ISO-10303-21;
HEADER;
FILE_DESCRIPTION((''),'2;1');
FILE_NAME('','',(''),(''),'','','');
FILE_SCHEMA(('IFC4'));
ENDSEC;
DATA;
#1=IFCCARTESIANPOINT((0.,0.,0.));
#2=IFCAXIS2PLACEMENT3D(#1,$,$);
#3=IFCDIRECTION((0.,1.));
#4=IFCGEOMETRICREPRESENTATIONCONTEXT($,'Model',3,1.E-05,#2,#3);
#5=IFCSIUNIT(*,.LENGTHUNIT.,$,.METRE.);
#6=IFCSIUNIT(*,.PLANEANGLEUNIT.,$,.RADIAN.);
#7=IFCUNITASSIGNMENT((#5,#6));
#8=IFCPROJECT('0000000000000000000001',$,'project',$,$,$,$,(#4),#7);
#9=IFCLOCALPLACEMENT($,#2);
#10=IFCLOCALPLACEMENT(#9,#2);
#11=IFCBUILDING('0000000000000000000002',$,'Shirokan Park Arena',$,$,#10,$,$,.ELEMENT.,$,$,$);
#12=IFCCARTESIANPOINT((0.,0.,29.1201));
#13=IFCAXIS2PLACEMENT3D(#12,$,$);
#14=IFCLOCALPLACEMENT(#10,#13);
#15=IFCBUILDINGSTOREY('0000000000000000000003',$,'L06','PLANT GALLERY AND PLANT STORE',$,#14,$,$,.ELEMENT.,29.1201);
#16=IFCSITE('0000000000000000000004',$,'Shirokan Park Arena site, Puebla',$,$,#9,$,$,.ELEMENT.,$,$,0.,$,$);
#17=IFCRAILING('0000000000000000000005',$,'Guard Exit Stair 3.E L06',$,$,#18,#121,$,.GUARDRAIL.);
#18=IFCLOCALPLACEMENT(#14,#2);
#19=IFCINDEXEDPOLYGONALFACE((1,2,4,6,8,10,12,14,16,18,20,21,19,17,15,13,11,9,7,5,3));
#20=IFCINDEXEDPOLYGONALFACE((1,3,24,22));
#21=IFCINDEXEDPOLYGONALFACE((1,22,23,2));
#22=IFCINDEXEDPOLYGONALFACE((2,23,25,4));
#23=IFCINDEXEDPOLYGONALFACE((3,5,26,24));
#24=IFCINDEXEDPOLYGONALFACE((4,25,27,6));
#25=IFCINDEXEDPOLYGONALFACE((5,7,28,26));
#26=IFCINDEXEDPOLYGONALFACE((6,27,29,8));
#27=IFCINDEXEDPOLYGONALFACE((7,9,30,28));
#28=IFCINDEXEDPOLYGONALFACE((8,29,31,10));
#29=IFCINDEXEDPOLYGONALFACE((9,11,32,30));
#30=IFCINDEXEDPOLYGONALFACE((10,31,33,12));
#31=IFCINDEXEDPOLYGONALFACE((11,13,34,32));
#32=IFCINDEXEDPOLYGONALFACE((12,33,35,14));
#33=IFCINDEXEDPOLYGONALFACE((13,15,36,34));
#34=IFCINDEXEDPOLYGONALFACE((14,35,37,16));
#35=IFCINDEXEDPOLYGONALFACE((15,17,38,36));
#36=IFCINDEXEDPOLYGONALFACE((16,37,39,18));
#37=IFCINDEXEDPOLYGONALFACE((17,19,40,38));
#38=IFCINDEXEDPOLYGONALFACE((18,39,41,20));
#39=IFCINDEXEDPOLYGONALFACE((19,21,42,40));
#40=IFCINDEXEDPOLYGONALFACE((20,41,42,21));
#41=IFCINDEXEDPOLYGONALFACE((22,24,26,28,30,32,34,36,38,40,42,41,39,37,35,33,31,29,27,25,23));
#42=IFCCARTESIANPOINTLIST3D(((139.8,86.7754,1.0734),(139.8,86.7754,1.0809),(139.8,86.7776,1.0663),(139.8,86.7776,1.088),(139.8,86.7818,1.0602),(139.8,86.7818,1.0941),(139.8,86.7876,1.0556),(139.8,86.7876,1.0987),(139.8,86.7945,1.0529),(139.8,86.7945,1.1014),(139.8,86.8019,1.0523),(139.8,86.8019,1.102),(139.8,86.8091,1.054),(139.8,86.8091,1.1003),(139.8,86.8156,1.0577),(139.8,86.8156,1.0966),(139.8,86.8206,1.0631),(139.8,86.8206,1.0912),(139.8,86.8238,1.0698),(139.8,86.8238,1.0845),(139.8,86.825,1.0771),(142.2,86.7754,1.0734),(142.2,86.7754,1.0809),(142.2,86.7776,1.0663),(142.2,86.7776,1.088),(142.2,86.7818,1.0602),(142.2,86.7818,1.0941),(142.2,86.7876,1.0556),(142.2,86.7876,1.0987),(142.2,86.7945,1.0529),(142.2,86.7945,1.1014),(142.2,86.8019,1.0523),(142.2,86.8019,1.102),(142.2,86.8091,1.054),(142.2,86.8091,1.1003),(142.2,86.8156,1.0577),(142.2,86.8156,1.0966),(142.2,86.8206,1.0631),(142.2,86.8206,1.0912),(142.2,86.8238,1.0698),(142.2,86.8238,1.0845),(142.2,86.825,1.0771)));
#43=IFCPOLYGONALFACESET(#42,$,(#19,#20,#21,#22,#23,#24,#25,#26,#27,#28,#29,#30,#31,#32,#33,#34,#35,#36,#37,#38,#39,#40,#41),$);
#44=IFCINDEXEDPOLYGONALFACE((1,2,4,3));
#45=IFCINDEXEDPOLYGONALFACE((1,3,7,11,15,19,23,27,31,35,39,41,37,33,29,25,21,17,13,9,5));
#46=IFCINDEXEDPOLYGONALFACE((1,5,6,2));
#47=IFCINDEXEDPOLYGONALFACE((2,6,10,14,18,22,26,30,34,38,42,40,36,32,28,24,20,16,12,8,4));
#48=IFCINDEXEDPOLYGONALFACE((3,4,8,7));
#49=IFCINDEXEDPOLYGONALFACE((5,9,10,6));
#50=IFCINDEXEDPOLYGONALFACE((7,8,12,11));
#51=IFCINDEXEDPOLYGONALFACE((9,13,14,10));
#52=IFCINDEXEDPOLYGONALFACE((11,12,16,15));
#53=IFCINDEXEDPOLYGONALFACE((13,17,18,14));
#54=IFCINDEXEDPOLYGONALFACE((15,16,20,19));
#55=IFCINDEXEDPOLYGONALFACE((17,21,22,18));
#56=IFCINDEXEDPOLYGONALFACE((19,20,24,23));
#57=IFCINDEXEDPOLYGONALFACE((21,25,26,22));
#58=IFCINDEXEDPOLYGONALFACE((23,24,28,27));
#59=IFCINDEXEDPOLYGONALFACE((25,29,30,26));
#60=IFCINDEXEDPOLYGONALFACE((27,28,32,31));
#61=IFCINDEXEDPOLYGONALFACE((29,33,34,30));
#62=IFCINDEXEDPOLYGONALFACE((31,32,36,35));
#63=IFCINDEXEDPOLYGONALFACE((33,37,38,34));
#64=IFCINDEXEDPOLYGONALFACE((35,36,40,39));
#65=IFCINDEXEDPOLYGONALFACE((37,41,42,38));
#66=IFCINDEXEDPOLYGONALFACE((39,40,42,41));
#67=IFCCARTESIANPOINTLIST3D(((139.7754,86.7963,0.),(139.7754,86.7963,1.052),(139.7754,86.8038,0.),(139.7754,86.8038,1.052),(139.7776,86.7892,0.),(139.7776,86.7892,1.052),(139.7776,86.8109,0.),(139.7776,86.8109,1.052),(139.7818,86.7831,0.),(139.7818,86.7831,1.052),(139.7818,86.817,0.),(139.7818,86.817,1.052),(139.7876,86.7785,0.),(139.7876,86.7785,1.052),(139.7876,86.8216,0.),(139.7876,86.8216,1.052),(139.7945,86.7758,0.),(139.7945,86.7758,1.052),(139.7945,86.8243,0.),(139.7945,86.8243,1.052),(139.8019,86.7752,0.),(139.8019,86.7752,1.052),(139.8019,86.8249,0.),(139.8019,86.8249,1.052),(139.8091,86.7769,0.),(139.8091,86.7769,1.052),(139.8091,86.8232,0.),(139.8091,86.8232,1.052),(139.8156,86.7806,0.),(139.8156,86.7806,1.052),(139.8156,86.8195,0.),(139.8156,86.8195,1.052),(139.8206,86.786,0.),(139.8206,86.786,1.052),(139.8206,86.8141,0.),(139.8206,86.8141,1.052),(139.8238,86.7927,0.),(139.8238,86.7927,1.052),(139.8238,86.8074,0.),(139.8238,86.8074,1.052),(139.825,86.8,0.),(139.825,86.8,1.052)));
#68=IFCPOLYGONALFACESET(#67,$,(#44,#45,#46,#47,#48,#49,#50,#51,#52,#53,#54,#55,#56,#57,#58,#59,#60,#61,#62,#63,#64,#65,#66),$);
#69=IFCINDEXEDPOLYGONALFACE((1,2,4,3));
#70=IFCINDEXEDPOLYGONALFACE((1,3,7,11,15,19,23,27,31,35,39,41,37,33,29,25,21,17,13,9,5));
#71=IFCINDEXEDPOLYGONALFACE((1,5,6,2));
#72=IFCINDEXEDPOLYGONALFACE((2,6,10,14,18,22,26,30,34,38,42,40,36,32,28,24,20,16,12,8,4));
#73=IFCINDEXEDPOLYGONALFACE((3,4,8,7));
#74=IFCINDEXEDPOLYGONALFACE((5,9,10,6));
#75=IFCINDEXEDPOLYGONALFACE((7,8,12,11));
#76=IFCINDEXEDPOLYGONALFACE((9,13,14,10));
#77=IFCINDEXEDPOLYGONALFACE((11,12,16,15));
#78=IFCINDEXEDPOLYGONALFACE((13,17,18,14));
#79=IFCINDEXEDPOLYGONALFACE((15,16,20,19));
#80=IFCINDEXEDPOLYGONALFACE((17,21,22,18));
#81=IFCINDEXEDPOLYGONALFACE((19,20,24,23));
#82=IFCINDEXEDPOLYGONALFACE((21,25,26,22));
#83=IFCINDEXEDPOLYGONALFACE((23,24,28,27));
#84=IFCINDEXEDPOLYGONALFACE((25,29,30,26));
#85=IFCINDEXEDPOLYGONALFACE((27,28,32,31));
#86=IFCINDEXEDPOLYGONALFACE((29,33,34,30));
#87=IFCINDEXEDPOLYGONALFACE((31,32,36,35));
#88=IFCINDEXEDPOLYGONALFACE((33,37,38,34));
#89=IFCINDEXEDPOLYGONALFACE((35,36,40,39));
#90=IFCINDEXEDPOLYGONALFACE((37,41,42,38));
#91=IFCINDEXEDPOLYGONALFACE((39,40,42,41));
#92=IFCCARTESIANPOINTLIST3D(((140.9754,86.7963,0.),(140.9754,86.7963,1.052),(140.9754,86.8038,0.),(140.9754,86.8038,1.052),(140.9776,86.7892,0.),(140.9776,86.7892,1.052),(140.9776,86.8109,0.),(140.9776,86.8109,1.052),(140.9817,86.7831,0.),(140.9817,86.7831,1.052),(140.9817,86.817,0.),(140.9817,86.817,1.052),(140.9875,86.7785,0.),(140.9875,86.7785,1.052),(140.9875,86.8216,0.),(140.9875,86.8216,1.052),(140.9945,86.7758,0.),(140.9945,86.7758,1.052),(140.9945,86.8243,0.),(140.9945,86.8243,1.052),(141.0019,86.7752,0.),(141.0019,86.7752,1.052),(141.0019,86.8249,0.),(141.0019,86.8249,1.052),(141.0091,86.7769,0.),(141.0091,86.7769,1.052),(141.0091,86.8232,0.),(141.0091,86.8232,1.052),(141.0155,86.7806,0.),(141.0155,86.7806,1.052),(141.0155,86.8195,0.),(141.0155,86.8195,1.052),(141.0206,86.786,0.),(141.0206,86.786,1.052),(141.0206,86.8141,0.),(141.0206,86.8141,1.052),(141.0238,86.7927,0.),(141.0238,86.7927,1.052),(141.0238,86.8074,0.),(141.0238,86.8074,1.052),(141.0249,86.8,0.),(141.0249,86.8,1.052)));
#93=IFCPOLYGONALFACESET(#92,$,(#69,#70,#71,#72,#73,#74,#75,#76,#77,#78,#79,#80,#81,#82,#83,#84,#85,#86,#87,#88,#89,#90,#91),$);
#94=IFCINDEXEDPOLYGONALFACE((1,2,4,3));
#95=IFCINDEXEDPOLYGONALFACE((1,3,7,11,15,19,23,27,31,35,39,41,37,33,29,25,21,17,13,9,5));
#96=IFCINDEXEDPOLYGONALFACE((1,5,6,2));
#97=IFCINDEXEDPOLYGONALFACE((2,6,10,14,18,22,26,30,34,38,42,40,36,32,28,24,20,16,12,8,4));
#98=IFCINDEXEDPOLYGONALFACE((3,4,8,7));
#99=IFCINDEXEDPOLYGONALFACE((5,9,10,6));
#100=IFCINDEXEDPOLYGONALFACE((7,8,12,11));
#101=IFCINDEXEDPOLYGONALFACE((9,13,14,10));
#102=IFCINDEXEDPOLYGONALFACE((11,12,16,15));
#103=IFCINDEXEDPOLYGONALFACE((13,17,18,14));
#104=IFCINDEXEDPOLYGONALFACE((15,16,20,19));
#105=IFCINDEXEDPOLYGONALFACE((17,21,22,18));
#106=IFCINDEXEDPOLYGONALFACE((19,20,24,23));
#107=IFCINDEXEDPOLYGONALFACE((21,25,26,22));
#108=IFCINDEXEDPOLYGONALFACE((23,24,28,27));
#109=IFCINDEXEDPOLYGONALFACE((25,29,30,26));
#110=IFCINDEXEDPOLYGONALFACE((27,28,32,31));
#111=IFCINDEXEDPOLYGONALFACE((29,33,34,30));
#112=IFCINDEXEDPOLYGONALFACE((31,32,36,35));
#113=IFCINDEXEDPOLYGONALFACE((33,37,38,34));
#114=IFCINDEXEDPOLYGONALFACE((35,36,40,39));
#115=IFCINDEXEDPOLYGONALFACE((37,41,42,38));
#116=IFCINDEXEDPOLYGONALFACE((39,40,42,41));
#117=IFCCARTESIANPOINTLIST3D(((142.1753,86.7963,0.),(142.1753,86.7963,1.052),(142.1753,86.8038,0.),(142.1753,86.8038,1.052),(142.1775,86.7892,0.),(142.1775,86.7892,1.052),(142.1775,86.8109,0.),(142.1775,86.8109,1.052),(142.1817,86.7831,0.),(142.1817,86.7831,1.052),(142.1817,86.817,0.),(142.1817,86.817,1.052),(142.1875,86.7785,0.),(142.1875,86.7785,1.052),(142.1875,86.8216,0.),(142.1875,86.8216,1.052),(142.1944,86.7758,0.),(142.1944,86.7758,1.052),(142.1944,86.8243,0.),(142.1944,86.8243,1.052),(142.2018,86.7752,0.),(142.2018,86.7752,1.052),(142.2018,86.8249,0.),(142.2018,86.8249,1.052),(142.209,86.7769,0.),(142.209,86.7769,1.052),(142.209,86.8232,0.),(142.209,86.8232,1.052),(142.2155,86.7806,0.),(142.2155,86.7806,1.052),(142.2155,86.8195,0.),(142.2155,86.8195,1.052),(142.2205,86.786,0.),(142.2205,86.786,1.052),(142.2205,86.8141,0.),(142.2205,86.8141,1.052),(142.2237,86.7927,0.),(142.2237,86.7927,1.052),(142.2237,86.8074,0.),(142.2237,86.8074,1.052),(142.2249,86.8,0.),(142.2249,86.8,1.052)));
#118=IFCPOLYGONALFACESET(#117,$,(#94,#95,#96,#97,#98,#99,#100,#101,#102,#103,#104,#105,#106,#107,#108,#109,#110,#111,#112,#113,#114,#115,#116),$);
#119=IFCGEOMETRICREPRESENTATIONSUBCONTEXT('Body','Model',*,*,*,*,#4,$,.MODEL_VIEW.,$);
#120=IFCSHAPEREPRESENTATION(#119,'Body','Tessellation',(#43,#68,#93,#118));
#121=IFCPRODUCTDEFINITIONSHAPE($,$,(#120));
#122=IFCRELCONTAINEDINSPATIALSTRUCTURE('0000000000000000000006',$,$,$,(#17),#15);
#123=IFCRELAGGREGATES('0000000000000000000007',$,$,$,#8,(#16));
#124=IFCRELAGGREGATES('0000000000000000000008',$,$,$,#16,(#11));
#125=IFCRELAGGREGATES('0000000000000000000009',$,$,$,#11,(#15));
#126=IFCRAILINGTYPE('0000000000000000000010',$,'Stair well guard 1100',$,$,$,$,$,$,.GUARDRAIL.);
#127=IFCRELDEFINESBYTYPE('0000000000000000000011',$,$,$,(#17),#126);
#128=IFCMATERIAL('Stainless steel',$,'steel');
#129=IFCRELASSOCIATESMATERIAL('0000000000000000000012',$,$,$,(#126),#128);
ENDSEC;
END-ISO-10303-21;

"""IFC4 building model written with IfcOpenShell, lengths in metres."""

from ifc_helpers import new_model, si_unit, direction, frame, origin, origin_2d, place, context, subcontext, project, spatial, circle, extrude, material, type_object, element, save


model = new_model("IFC4")

# Units and contexts
model_context = context("Model", 3, precision=1e-05, world=origin(), true_north=direction((0.0, 1.0)))
body_context = subcontext(model_context, "Body", "Model", "MODEL_VIEW")
ifc_project = project(units=[si_unit("LENGTHUNIT", "METRE"), si_unit("PLANEANGLEUNIT", "RADIAN")], contexts=[model_context])

# Site, building, storey
site_placement = place(None, origin())
site = spatial("IfcSite", under=ifc_project, at=site_placement, Name="Shirokan Park Arena site, Puebla", CompositionType="ELEMENT", RefElevation=0.0)
building_placement = place(site_placement, origin())
building = spatial("IfcBuilding", under=site, at=building_placement, Name="Shirokan Park Arena", CompositionType="ELEMENT")
storey_placement = place(building_placement, frame((0.0, 0.0, 29.1201)))
storey = spatial("IfcBuildingStorey", under=building, at=storey_placement, Name="L06", Description="PLANT GALLERY AND PLANT STORE", CompositionType="ELEMENT", Elevation=29.1201)

# Railing
ifc_material_1 = material(Name="Stainless steel", Category="steel")
railing_type = type_object("IfcRailingType", Name="Stair well guard 1100", PredefinedType="GUARDRAIL", material=ifc_material_1)
railing_placement = place(storey_placement, frame((139.8, 86.8, 0.0)))
element("IfcRailing", 1, at=railing_placement, inside=storey, type_object=railing_type, Name="Guard Exit Stair 3.E L06", PredefinedType="GUARDRAIL", context=body_context, shape_type="SweptSolid", body=[
    extrude(circle(Radius=0.0249, at=origin_2d()), frame((0.0, 0.0, 1.0771), z_axis=(1.0, 0.0, 0.0), x_axis=(0.0, 1.0, 0.0)), (0.0, 0.0, 1.0), 2.3999),
    extrude(circle(Radius=0.0249, at=origin_2d()), origin(), (0.0, 0.0, 1.0), 1.052),
    extrude(circle(Radius=0.0249, at=origin_2d()), frame((1.2, 0.0, 0.0)), (0.0, 0.0, 1.0), 1.052),
    extrude(circle(Radius=0.0249, at=origin_2d()), frame((2.3999, 0.0, 0.0)), (0.0, 0.0, 1.0), 1.052),
])

save(model, "model.ifc")
